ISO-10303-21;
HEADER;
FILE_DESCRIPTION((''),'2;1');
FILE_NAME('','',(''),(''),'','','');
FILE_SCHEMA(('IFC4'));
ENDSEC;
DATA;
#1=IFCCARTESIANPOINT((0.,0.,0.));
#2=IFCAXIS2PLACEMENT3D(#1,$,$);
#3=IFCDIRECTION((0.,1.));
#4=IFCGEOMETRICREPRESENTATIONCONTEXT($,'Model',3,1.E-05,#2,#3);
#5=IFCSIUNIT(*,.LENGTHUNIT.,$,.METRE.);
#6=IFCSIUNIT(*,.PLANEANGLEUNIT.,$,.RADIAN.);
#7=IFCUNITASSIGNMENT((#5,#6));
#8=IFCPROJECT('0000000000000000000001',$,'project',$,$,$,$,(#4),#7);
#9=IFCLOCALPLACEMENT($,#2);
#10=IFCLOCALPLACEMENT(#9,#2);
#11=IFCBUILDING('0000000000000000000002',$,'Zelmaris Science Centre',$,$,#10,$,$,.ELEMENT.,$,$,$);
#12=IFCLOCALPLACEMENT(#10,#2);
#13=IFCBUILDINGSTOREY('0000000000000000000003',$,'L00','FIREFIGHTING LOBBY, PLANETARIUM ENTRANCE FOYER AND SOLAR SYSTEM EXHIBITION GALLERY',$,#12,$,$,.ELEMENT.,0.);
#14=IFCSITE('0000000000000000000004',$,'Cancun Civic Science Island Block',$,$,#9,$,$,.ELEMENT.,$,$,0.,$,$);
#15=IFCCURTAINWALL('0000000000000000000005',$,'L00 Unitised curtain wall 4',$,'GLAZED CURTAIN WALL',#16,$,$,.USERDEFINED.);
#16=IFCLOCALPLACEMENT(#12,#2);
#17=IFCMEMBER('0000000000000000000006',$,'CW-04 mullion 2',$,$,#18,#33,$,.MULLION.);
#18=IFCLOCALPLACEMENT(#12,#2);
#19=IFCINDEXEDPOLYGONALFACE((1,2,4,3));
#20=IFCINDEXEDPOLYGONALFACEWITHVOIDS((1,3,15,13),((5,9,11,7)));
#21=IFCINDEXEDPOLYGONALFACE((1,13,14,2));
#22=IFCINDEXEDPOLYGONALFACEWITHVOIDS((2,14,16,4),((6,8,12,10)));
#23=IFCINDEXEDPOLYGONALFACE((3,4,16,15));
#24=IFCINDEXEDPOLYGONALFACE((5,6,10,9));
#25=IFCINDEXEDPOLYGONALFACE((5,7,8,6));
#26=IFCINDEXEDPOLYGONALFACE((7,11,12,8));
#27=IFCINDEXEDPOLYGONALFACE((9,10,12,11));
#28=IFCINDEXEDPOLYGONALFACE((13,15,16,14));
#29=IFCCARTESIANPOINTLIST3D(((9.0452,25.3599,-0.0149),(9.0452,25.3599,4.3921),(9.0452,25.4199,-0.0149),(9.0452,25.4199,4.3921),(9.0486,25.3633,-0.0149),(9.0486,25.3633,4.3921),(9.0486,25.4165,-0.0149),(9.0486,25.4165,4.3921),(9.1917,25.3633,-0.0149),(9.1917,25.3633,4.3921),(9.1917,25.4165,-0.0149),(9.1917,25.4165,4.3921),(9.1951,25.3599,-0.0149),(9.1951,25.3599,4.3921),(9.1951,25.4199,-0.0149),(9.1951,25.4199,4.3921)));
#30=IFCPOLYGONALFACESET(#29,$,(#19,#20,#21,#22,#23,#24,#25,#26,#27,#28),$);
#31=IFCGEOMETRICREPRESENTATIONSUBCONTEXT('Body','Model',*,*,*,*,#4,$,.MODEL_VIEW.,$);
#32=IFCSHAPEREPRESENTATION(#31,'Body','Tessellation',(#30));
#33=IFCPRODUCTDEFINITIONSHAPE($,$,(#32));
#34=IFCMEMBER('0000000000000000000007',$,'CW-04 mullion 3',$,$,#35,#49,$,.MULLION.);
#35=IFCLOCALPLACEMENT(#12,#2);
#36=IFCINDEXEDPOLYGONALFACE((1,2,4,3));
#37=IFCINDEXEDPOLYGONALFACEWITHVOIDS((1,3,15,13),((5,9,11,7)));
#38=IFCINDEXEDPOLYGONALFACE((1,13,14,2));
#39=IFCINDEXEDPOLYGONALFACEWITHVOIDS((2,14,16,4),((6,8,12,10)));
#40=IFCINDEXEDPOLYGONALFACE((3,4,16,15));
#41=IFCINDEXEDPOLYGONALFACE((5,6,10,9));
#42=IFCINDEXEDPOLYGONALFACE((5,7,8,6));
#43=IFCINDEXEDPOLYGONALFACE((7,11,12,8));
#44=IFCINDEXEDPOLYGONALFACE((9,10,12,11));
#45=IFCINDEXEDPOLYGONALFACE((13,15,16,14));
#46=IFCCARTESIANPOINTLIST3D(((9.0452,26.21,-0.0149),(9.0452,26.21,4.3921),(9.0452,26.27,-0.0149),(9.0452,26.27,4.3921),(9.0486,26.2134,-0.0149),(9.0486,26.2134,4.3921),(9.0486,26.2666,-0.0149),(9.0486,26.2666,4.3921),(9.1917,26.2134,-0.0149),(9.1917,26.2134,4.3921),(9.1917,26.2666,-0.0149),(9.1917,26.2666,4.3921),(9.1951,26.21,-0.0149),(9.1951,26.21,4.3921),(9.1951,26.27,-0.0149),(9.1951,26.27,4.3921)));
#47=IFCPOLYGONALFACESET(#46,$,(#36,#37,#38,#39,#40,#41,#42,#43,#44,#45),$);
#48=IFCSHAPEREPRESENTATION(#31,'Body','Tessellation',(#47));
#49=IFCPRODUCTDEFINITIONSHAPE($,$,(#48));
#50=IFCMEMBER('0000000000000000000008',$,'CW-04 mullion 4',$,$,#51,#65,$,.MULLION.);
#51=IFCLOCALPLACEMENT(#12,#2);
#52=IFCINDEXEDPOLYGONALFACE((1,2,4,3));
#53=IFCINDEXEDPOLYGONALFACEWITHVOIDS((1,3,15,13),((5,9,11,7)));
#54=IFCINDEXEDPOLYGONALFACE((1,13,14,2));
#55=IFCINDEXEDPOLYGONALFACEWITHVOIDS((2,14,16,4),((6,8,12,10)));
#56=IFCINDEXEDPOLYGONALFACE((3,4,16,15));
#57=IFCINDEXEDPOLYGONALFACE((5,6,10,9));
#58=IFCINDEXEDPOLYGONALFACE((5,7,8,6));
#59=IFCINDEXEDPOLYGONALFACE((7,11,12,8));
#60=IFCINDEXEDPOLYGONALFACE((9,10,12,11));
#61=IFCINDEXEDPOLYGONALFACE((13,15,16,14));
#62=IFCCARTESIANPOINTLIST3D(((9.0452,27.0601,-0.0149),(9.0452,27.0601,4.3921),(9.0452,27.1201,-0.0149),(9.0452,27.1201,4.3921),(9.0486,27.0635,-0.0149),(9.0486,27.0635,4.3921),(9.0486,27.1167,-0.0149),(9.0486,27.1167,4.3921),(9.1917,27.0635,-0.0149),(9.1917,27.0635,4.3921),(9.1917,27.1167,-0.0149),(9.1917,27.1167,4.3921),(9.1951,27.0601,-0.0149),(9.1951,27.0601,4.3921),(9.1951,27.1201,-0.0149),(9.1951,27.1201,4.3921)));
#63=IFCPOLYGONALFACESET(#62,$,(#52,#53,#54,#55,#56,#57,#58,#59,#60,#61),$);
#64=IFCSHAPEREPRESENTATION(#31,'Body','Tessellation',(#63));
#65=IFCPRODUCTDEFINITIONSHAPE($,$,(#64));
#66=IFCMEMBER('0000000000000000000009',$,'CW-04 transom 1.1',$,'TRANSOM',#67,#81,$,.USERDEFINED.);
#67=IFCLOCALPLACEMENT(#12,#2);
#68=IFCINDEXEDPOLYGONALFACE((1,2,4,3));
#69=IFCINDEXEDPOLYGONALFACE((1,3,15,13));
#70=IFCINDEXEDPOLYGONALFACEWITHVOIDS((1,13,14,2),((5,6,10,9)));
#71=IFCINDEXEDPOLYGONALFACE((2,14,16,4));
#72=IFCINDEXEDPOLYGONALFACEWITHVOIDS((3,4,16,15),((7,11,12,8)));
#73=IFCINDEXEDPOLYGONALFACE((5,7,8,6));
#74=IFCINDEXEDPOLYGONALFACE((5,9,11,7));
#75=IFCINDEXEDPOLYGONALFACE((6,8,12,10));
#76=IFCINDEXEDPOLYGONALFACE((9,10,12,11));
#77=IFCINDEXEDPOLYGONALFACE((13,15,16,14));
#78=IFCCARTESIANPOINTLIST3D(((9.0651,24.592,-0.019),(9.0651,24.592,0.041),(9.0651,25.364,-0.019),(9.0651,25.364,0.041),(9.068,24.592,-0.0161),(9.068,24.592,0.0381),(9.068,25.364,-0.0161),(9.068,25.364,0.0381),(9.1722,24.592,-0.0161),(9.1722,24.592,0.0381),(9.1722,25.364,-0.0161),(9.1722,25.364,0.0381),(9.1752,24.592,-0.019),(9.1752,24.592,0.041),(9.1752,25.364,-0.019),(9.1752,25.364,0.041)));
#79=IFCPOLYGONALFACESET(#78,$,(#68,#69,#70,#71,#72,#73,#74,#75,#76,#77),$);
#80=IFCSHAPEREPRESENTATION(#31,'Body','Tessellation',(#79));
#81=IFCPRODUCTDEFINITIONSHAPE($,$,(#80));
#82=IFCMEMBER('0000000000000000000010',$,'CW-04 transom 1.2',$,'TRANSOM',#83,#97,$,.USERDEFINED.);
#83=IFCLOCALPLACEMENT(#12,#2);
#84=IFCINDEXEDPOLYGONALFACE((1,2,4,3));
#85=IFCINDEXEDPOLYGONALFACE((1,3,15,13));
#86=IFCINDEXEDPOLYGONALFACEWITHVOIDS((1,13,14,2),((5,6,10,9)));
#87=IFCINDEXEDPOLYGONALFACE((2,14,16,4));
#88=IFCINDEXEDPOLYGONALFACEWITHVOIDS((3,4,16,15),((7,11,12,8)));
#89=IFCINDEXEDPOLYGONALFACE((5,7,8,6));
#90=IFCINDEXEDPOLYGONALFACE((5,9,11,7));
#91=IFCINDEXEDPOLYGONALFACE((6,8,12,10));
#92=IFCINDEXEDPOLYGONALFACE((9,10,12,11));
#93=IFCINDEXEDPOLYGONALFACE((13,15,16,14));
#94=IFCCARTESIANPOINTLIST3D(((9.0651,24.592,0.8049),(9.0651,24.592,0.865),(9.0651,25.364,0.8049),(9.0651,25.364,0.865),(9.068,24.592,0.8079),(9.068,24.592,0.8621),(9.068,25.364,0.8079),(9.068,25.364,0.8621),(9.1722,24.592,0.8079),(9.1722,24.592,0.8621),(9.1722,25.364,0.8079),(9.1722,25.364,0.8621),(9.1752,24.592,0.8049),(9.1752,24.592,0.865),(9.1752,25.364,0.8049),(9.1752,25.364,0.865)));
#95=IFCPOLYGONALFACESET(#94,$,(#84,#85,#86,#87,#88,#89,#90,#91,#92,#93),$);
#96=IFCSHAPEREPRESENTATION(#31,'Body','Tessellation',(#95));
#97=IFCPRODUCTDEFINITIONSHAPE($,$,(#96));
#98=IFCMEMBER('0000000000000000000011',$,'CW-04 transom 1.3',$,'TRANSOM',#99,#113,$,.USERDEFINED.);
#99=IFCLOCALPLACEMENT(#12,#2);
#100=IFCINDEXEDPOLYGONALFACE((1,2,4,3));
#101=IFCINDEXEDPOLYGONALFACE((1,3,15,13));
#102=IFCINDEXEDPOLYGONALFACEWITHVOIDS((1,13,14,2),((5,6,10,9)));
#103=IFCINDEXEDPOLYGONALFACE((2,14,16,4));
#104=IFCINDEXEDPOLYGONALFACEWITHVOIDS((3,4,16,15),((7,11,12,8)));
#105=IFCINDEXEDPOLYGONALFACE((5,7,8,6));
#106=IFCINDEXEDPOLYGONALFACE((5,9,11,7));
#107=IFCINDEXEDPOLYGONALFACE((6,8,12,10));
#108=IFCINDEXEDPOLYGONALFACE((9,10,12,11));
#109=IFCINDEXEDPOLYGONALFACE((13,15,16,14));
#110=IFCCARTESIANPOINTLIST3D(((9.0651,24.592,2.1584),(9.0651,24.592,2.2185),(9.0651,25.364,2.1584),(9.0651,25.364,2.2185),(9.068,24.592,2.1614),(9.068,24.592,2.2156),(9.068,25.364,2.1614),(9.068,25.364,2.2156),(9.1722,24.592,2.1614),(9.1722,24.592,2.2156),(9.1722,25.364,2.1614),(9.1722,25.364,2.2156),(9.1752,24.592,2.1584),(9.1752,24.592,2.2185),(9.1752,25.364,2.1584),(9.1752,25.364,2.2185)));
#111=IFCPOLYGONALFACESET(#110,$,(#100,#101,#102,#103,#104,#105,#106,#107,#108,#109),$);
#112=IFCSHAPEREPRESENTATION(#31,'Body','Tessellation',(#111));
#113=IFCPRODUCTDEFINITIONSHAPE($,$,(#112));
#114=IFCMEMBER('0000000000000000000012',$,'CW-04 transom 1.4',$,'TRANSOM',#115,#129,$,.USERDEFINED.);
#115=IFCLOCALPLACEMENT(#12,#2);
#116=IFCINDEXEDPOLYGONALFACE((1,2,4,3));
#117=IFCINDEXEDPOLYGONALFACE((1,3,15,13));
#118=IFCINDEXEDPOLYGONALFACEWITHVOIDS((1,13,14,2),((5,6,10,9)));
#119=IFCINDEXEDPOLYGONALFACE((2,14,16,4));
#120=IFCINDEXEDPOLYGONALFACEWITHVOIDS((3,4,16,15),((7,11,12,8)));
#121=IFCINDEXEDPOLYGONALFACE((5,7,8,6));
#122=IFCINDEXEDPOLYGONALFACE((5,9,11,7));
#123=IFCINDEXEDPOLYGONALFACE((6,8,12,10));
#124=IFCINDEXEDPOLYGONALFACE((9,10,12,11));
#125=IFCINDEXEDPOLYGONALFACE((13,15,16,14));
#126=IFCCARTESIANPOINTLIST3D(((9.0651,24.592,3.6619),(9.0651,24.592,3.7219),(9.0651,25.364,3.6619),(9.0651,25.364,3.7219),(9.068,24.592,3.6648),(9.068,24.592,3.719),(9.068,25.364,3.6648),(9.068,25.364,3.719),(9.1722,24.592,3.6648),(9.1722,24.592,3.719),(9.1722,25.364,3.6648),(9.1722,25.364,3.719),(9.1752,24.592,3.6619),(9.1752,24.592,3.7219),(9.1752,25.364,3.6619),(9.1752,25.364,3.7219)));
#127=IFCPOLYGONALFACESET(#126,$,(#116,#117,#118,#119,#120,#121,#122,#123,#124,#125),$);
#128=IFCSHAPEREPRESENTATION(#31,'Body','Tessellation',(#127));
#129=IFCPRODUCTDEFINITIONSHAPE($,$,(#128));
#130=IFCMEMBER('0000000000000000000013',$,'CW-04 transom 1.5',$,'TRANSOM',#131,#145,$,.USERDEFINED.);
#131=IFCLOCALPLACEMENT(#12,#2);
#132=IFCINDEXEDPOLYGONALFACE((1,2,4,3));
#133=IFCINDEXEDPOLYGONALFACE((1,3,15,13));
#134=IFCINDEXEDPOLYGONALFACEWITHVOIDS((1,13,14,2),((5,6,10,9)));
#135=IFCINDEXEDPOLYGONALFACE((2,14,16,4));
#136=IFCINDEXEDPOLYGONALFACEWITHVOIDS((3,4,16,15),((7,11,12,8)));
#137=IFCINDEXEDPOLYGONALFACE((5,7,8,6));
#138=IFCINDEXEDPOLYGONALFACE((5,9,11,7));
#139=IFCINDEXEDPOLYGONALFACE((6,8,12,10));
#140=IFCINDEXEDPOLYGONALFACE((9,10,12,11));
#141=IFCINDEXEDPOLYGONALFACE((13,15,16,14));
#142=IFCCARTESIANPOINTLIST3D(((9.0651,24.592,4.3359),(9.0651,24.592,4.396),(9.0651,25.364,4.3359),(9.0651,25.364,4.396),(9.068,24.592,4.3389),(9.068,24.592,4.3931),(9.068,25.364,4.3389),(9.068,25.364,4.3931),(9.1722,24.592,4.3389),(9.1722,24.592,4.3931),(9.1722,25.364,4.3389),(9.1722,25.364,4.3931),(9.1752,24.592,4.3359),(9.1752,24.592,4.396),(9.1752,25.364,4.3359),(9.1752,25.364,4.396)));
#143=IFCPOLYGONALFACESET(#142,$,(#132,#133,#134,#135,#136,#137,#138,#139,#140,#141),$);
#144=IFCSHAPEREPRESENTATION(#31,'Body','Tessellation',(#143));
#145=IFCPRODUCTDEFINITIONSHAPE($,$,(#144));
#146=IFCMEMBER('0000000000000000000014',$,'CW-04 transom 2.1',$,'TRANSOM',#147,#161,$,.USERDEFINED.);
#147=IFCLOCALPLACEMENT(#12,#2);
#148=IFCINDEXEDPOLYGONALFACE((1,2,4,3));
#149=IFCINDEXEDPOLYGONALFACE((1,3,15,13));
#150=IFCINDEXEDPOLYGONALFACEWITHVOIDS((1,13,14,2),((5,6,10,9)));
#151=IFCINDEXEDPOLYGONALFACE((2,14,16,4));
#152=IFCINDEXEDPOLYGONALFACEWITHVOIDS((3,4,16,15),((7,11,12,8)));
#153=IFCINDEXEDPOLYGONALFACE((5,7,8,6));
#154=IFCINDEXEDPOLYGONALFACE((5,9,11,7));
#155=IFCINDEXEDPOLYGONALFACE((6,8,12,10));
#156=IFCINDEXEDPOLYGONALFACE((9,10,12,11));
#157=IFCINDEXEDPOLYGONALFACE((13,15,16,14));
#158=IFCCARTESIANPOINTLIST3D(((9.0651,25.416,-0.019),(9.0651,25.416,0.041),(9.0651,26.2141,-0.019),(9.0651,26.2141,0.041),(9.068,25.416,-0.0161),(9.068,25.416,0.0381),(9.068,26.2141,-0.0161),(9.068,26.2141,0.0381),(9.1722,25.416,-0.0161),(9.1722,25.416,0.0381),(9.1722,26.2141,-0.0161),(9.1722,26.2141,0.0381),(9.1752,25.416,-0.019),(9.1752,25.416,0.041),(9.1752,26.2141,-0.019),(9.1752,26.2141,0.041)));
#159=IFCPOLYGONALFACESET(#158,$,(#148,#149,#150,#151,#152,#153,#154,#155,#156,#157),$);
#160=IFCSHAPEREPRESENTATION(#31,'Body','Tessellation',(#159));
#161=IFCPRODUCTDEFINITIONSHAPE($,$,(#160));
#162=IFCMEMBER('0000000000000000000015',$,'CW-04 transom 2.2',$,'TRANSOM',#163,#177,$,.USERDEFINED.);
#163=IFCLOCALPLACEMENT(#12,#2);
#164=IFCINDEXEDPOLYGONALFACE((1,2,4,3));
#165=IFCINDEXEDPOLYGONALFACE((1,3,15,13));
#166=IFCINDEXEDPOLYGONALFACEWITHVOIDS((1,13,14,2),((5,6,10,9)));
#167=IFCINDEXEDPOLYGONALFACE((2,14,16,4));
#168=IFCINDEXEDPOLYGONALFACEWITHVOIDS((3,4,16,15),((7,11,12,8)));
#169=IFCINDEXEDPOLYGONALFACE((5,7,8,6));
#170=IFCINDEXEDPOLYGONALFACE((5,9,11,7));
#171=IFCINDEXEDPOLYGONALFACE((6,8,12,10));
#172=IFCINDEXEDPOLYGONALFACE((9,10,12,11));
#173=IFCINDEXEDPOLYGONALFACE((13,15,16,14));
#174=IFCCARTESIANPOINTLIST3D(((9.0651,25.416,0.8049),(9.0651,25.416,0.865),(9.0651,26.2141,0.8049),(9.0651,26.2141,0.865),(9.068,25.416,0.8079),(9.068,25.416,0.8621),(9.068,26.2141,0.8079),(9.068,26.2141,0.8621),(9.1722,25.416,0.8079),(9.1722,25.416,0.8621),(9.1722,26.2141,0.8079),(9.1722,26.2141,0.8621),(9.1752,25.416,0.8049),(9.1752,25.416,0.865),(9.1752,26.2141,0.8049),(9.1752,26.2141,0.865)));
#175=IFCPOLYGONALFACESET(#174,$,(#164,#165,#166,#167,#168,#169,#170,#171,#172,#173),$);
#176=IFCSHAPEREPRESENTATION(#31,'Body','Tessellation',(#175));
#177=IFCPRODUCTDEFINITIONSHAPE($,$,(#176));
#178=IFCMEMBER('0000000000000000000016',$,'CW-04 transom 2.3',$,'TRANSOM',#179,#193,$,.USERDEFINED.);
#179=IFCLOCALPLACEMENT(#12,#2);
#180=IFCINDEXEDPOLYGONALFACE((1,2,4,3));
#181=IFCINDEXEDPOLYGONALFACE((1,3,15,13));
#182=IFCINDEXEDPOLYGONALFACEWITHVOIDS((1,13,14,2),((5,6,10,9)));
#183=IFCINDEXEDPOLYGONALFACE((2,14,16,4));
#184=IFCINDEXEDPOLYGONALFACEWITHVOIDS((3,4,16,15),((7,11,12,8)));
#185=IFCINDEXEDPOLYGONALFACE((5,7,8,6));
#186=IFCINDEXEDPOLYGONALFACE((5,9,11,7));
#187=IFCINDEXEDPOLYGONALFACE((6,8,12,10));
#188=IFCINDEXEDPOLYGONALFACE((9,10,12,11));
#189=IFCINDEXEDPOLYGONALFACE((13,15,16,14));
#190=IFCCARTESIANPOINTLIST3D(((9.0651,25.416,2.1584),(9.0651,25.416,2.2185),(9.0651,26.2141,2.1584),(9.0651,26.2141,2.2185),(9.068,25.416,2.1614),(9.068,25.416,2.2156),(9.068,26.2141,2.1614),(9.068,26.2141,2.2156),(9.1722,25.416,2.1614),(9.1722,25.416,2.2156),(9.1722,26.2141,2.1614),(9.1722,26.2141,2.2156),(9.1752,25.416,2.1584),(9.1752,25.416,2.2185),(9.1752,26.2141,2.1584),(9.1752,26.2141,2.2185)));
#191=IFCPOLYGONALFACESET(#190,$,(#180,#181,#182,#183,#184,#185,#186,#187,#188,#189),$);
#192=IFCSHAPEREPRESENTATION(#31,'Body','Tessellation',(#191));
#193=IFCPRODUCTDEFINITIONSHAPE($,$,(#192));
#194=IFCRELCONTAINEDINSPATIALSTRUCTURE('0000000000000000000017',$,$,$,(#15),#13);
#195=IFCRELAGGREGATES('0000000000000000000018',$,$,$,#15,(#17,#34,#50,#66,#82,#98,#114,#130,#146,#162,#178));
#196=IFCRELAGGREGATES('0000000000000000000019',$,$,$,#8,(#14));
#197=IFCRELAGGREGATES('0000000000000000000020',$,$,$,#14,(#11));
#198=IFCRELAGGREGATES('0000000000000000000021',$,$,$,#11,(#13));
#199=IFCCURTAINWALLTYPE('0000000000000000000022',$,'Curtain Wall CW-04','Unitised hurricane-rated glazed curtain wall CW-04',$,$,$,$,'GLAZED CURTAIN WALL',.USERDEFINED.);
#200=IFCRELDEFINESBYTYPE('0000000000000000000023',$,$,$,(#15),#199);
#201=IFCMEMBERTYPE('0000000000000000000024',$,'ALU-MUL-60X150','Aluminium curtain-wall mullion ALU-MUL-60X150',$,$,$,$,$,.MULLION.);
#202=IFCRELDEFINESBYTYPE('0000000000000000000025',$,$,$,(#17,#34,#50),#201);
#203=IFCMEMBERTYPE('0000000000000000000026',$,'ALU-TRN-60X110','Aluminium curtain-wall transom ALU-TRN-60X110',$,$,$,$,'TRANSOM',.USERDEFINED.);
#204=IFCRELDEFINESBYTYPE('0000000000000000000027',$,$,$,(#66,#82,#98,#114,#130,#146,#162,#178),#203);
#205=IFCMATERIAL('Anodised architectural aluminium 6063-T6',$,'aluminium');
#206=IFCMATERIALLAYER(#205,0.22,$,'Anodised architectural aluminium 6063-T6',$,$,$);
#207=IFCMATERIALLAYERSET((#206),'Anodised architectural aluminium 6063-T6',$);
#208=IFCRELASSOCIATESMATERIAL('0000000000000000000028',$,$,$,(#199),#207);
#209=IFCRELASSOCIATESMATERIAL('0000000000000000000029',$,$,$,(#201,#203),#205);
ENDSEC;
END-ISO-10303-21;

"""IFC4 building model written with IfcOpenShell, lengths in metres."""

from ifc_helpers import new_model, si_unit, direction, frame, origin, origin_2d, place, context, subcontext, project, spatial, hollow_rectangle, extrude, material, layer, layer_set, material_profile, profile_set, type_object, element, aggregate, save


model = new_model("IFC4")

# Units and contexts
model_context = context("Model", 3, precision=1e-05, world=origin(), true_north=direction((0.0, 1.0)))
body_context = subcontext(model_context, "Body", "Model", "MODEL_VIEW")
ifc_project = project(units=[si_unit("LENGTHUNIT", "METRE"), si_unit("PLANEANGLEUNIT", "RADIAN")], contexts=[model_context])

# Site, building, storey
site_placement = place(None, origin())
site = spatial("IfcSite", under=ifc_project, at=site_placement, Name="Cancun Civic Science Island Block", CompositionType="ELEMENT", RefElevation=0.0)
building_placement = place(site_placement, origin())
building = spatial("IfcBuilding", under=site, at=building_placement, Name="Zelmaris Science Centre", CompositionType="ELEMENT")
storey_placement = place(building_placement, origin())
storey = spatial("IfcBuildingStorey", under=building, at=storey_placement, Name="L00", Description="FIREFIGHTING LOBBY, PLANETARIUM ENTRANCE FOYER AND SOLAR SYSTEM EXHIBITION GALLERY", CompositionType="ELEMENT", Elevation=0.0)

# Curtain wall, members
ifc_material_1 = material(Name="Anodised architectural aluminium 6063-T6", Category="aluminium")
ifc_layer_1 = layer(ifc_material_1, 0.22, Name="Anodised architectural aluminium 6063-T6")
ifc_layer_set_1 = layer_set([ifc_layer_1], Name="Anodised architectural aluminium 6063-T6")
curtain_wall_type = type_object("IfcCurtainWallType", Name="Curtain Wall CW-04", Description="Unitised hurricane-rated glazed curtain wall CW-04", ElementType="GLAZED CURTAIN WALL", PredefinedType="USERDEFINED", material=ifc_layer_set_1)
curtain_wall_placement = place(storey_placement, origin())
curtain_wall = element("IfcCurtainWall", 1, at=curtain_wall_placement, inside=storey, type_object=curtain_wall_type, Name="L00 Unitised curtain wall 4", ObjectType="GLAZED CURTAIN WALL", PredefinedType="USERDEFINED")
ifc_material_profile_1 = material_profile(ifc_material_1, hollow_rectangle(XDim=0.0601, YDim=0.1499, WallThickness=0.0034, at=origin_2d()), Name="ALU-MUL-60X150")
ifc_profile_set_1 = profile_set([ifc_material_profile_1], Name="Anodised architectural aluminium 6063-T6")
member_type_1 = type_object("IfcMemberType", Name="ALU-MUL-60X150", Description="Aluminium curtain-wall mullion ALU-MUL-60X150", PredefinedType="MULLION", material=ifc_profile_set_1)
member_1_placement = place(storey_placement, frame((9.1201, 25.3899, -0.0149), z_axis=(0.0, 0.0, 1.0), x_axis=(0.0, 1.0, 0.0)))
member_1 = element("IfcMember", 2, at=member_1_placement, type_object=member_type_1, Name="CW-04 mullion 2", PredefinedType="MULLION", context=body_context, shape_type="SweptSolid", body=[
    extrude(hollow_rectangle(XDim=0.0601, YDim=0.1499, WallThickness=0.0034, at=origin_2d()), origin(), (0.0, 0.0, 1.0), 4.407),
])
member_2_placement = place(storey_placement, frame((9.1201, 26.24, -0.0149), z_axis=(0.0, 0.0, 1.0), x_axis=(0.0, 1.0, 0.0)))
member_2 = element("IfcMember", 3, at=member_2_placement, type_object=member_type_1, Name="CW-04 mullion 3", PredefinedType="MULLION", context=body_context, shape_type="SweptSolid", body=[
    extrude(hollow_rectangle(XDim=0.0601, YDim=0.1499, WallThickness=0.0034, at=origin_2d()), origin(), (0.0, 0.0, 1.0), 4.407),
])
member_3_placement = place(storey_placement, frame((9.1201, 27.0901, -0.0149), z_axis=(0.0, 0.0, 1.0), x_axis=(0.0, 1.0, 0.0)))
member_3 = element("IfcMember", 4, at=member_3_placement, type_object=member_type_1, Name="CW-04 mullion 4", PredefinedType="MULLION", context=body_context, shape_type="SweptSolid", body=[
    extrude(hollow_rectangle(XDim=0.0601, YDim=0.1499, WallThickness=0.0034, at=origin_2d()), origin(), (0.0, 0.0, 1.0), 4.407),
])
ifc_material_profile_2 = material_profile(ifc_material_1, hollow_rectangle(XDim=0.0601, YDim=0.1101, WallThickness=0.0029, at=origin_2d()), Name="ALU-TRN-60X110")
ifc_profile_set_2 = profile_set([ifc_material_profile_2], Name="Anodised architectural aluminium 6063-T6")
member_type_2 = type_object("IfcMemberType", Name="ALU-TRN-60X110", Description="Aluminium curtain-wall transom ALU-TRN-60X110", ElementType="TRANSOM", PredefinedType="USERDEFINED", material=ifc_profile_set_2)
member_4_placement = place(storey_placement, frame((9.1201, 24.592, 0.011), z_axis=(0.0, 1.0, 0.0), x_axis=(0.0, 0.0, 1.0)))
member_4 = element("IfcMember", 5, at=member_4_placement, type_object=member_type_2, Name="CW-04 transom 1.1", ObjectType="TRANSOM", PredefinedType="USERDEFINED", context=body_context, shape_type="SweptSolid", body=[
    extrude(hollow_rectangle(XDim=0.0601, YDim=0.1101, WallThickness=0.0029, at=origin_2d()), origin(), (0.0, 0.0, 1.0), 0.772),
])
member_5_placement = place(storey_placement, frame((9.1201, 24.592, 0.835), z_axis=(0.0, 1.0, 0.0), x_axis=(0.0, 0.0, 1.0)))
member_5 = element("IfcMember", 6, at=member_5_placement, type_object=member_type_2, Name="CW-04 transom 1.2", ObjectType="TRANSOM", PredefinedType="USERDEFINED", context=body_context, shape_type="SweptSolid", body=[
    extrude(hollow_rectangle(XDim=0.0601, YDim=0.1101, WallThickness=0.0029, at=origin_2d()), origin(), (0.0, 0.0, 1.0), 0.772),
])
member_6_placement = place(storey_placement, frame((9.1201, 24.592, 2.1885), z_axis=(0.0, 1.0, 0.0), x_axis=(0.0, 0.0, 1.0)))
member_6 = element("IfcMember", 7, at=member_6_placement, type_object=member_type_2, Name="CW-04 transom 1.3", ObjectType="TRANSOM", PredefinedType="USERDEFINED", context=body_context, shape_type="SweptSolid", body=[
    extrude(hollow_rectangle(XDim=0.0601, YDim=0.1101, WallThickness=0.0029, at=origin_2d()), origin(), (0.0, 0.0, 1.0), 0.772),
])
member_7_placement = place(storey_placement, frame((9.1201, 24.592, 3.6919), z_axis=(0.0, 1.0, 0.0), x_axis=(0.0, 0.0, 1.0)))
member_7 = element("IfcMember", 8, at=member_7_placement, type_object=member_type_2, Name="CW-04 transom 1.4", ObjectType="TRANSOM", PredefinedType="USERDEFINED", context=body_context, shape_type="SweptSolid", body=[
    extrude(hollow_rectangle(XDim=0.0601, YDim=0.1101, WallThickness=0.0029, at=origin_2d()), origin(), (0.0, 0.0, 1.0), 0.772),
])
member_8_placement = place(storey_placement, frame((9.1201, 24.592, 4.366), z_axis=(0.0, 1.0, 0.0), x_axis=(0.0, 0.0, 1.0)))
member_8 = element("IfcMember", 9, at=member_8_placement, type_object=member_type_2, Name="CW-04 transom 1.5", ObjectType="TRANSOM", PredefinedType="USERDEFINED", context=body_context, shape_type="SweptSolid", body=[
    extrude(hollow_rectangle(XDim=0.0601, YDim=0.1101, WallThickness=0.0029, at=origin_2d()), origin(), (0.0, 0.0, 1.0), 0.772),
])
member_9_placement = place(storey_placement, frame((9.1201, 25.416, 0.011), z_axis=(0.0, 1.0, 0.0), x_axis=(0.0, 0.0, 1.0)))
member_9 = element("IfcMember", 10, at=member_9_placement, type_object=member_type_2, Name="CW-04 transom 2.1", ObjectType="TRANSOM", PredefinedType="USERDEFINED", context=body_context, shape_type="SweptSolid", body=[
    extrude(hollow_rectangle(XDim=0.0601, YDim=0.1101, WallThickness=0.0029, at=origin_2d()), origin(), (0.0, 0.0, 1.0), 0.7981),
])
member_10_placement = place(storey_placement, frame((9.1201, 25.416, 0.835), z_axis=(0.0, 1.0, 0.0), x_axis=(0.0, 0.0, 1.0)))
member_10 = element("IfcMember", 11, at=member_10_placement, type_object=member_type_2, Name="CW-04 transom 2.2", ObjectType="TRANSOM", PredefinedType="USERDEFINED", context=body_context, shape_type="SweptSolid", body=[
    extrude(hollow_rectangle(XDim=0.0601, YDim=0.1101, WallThickness=0.0029, at=origin_2d()), origin(), (0.0, 0.0, 1.0), 0.7981),
])
member_11_placement = place(storey_placement, frame((9.1201, 25.416, 2.1885), z_axis=(0.0, 1.0, 0.0), x_axis=(0.0, 0.0, 1.0)))
member_11 = element("IfcMember", 12, at=member_11_placement, type_object=member_type_2, Name="CW-04 transom 2.3", ObjectType="TRANSOM", PredefinedType="USERDEFINED", context=body_context, shape_type="SweptSolid", body=[
    extrude(hollow_rectangle(XDim=0.0601, YDim=0.1101, WallThickness=0.0029, at=origin_2d()), origin(), (0.0, 0.0, 1.0), 0.7981),
])
aggregate(curtain_wall, [member_1, member_2, member_3, member_4, member_5, member_6, member_7, member_8, member_9, member_10, member_11])

save(model, "model.ifc")
